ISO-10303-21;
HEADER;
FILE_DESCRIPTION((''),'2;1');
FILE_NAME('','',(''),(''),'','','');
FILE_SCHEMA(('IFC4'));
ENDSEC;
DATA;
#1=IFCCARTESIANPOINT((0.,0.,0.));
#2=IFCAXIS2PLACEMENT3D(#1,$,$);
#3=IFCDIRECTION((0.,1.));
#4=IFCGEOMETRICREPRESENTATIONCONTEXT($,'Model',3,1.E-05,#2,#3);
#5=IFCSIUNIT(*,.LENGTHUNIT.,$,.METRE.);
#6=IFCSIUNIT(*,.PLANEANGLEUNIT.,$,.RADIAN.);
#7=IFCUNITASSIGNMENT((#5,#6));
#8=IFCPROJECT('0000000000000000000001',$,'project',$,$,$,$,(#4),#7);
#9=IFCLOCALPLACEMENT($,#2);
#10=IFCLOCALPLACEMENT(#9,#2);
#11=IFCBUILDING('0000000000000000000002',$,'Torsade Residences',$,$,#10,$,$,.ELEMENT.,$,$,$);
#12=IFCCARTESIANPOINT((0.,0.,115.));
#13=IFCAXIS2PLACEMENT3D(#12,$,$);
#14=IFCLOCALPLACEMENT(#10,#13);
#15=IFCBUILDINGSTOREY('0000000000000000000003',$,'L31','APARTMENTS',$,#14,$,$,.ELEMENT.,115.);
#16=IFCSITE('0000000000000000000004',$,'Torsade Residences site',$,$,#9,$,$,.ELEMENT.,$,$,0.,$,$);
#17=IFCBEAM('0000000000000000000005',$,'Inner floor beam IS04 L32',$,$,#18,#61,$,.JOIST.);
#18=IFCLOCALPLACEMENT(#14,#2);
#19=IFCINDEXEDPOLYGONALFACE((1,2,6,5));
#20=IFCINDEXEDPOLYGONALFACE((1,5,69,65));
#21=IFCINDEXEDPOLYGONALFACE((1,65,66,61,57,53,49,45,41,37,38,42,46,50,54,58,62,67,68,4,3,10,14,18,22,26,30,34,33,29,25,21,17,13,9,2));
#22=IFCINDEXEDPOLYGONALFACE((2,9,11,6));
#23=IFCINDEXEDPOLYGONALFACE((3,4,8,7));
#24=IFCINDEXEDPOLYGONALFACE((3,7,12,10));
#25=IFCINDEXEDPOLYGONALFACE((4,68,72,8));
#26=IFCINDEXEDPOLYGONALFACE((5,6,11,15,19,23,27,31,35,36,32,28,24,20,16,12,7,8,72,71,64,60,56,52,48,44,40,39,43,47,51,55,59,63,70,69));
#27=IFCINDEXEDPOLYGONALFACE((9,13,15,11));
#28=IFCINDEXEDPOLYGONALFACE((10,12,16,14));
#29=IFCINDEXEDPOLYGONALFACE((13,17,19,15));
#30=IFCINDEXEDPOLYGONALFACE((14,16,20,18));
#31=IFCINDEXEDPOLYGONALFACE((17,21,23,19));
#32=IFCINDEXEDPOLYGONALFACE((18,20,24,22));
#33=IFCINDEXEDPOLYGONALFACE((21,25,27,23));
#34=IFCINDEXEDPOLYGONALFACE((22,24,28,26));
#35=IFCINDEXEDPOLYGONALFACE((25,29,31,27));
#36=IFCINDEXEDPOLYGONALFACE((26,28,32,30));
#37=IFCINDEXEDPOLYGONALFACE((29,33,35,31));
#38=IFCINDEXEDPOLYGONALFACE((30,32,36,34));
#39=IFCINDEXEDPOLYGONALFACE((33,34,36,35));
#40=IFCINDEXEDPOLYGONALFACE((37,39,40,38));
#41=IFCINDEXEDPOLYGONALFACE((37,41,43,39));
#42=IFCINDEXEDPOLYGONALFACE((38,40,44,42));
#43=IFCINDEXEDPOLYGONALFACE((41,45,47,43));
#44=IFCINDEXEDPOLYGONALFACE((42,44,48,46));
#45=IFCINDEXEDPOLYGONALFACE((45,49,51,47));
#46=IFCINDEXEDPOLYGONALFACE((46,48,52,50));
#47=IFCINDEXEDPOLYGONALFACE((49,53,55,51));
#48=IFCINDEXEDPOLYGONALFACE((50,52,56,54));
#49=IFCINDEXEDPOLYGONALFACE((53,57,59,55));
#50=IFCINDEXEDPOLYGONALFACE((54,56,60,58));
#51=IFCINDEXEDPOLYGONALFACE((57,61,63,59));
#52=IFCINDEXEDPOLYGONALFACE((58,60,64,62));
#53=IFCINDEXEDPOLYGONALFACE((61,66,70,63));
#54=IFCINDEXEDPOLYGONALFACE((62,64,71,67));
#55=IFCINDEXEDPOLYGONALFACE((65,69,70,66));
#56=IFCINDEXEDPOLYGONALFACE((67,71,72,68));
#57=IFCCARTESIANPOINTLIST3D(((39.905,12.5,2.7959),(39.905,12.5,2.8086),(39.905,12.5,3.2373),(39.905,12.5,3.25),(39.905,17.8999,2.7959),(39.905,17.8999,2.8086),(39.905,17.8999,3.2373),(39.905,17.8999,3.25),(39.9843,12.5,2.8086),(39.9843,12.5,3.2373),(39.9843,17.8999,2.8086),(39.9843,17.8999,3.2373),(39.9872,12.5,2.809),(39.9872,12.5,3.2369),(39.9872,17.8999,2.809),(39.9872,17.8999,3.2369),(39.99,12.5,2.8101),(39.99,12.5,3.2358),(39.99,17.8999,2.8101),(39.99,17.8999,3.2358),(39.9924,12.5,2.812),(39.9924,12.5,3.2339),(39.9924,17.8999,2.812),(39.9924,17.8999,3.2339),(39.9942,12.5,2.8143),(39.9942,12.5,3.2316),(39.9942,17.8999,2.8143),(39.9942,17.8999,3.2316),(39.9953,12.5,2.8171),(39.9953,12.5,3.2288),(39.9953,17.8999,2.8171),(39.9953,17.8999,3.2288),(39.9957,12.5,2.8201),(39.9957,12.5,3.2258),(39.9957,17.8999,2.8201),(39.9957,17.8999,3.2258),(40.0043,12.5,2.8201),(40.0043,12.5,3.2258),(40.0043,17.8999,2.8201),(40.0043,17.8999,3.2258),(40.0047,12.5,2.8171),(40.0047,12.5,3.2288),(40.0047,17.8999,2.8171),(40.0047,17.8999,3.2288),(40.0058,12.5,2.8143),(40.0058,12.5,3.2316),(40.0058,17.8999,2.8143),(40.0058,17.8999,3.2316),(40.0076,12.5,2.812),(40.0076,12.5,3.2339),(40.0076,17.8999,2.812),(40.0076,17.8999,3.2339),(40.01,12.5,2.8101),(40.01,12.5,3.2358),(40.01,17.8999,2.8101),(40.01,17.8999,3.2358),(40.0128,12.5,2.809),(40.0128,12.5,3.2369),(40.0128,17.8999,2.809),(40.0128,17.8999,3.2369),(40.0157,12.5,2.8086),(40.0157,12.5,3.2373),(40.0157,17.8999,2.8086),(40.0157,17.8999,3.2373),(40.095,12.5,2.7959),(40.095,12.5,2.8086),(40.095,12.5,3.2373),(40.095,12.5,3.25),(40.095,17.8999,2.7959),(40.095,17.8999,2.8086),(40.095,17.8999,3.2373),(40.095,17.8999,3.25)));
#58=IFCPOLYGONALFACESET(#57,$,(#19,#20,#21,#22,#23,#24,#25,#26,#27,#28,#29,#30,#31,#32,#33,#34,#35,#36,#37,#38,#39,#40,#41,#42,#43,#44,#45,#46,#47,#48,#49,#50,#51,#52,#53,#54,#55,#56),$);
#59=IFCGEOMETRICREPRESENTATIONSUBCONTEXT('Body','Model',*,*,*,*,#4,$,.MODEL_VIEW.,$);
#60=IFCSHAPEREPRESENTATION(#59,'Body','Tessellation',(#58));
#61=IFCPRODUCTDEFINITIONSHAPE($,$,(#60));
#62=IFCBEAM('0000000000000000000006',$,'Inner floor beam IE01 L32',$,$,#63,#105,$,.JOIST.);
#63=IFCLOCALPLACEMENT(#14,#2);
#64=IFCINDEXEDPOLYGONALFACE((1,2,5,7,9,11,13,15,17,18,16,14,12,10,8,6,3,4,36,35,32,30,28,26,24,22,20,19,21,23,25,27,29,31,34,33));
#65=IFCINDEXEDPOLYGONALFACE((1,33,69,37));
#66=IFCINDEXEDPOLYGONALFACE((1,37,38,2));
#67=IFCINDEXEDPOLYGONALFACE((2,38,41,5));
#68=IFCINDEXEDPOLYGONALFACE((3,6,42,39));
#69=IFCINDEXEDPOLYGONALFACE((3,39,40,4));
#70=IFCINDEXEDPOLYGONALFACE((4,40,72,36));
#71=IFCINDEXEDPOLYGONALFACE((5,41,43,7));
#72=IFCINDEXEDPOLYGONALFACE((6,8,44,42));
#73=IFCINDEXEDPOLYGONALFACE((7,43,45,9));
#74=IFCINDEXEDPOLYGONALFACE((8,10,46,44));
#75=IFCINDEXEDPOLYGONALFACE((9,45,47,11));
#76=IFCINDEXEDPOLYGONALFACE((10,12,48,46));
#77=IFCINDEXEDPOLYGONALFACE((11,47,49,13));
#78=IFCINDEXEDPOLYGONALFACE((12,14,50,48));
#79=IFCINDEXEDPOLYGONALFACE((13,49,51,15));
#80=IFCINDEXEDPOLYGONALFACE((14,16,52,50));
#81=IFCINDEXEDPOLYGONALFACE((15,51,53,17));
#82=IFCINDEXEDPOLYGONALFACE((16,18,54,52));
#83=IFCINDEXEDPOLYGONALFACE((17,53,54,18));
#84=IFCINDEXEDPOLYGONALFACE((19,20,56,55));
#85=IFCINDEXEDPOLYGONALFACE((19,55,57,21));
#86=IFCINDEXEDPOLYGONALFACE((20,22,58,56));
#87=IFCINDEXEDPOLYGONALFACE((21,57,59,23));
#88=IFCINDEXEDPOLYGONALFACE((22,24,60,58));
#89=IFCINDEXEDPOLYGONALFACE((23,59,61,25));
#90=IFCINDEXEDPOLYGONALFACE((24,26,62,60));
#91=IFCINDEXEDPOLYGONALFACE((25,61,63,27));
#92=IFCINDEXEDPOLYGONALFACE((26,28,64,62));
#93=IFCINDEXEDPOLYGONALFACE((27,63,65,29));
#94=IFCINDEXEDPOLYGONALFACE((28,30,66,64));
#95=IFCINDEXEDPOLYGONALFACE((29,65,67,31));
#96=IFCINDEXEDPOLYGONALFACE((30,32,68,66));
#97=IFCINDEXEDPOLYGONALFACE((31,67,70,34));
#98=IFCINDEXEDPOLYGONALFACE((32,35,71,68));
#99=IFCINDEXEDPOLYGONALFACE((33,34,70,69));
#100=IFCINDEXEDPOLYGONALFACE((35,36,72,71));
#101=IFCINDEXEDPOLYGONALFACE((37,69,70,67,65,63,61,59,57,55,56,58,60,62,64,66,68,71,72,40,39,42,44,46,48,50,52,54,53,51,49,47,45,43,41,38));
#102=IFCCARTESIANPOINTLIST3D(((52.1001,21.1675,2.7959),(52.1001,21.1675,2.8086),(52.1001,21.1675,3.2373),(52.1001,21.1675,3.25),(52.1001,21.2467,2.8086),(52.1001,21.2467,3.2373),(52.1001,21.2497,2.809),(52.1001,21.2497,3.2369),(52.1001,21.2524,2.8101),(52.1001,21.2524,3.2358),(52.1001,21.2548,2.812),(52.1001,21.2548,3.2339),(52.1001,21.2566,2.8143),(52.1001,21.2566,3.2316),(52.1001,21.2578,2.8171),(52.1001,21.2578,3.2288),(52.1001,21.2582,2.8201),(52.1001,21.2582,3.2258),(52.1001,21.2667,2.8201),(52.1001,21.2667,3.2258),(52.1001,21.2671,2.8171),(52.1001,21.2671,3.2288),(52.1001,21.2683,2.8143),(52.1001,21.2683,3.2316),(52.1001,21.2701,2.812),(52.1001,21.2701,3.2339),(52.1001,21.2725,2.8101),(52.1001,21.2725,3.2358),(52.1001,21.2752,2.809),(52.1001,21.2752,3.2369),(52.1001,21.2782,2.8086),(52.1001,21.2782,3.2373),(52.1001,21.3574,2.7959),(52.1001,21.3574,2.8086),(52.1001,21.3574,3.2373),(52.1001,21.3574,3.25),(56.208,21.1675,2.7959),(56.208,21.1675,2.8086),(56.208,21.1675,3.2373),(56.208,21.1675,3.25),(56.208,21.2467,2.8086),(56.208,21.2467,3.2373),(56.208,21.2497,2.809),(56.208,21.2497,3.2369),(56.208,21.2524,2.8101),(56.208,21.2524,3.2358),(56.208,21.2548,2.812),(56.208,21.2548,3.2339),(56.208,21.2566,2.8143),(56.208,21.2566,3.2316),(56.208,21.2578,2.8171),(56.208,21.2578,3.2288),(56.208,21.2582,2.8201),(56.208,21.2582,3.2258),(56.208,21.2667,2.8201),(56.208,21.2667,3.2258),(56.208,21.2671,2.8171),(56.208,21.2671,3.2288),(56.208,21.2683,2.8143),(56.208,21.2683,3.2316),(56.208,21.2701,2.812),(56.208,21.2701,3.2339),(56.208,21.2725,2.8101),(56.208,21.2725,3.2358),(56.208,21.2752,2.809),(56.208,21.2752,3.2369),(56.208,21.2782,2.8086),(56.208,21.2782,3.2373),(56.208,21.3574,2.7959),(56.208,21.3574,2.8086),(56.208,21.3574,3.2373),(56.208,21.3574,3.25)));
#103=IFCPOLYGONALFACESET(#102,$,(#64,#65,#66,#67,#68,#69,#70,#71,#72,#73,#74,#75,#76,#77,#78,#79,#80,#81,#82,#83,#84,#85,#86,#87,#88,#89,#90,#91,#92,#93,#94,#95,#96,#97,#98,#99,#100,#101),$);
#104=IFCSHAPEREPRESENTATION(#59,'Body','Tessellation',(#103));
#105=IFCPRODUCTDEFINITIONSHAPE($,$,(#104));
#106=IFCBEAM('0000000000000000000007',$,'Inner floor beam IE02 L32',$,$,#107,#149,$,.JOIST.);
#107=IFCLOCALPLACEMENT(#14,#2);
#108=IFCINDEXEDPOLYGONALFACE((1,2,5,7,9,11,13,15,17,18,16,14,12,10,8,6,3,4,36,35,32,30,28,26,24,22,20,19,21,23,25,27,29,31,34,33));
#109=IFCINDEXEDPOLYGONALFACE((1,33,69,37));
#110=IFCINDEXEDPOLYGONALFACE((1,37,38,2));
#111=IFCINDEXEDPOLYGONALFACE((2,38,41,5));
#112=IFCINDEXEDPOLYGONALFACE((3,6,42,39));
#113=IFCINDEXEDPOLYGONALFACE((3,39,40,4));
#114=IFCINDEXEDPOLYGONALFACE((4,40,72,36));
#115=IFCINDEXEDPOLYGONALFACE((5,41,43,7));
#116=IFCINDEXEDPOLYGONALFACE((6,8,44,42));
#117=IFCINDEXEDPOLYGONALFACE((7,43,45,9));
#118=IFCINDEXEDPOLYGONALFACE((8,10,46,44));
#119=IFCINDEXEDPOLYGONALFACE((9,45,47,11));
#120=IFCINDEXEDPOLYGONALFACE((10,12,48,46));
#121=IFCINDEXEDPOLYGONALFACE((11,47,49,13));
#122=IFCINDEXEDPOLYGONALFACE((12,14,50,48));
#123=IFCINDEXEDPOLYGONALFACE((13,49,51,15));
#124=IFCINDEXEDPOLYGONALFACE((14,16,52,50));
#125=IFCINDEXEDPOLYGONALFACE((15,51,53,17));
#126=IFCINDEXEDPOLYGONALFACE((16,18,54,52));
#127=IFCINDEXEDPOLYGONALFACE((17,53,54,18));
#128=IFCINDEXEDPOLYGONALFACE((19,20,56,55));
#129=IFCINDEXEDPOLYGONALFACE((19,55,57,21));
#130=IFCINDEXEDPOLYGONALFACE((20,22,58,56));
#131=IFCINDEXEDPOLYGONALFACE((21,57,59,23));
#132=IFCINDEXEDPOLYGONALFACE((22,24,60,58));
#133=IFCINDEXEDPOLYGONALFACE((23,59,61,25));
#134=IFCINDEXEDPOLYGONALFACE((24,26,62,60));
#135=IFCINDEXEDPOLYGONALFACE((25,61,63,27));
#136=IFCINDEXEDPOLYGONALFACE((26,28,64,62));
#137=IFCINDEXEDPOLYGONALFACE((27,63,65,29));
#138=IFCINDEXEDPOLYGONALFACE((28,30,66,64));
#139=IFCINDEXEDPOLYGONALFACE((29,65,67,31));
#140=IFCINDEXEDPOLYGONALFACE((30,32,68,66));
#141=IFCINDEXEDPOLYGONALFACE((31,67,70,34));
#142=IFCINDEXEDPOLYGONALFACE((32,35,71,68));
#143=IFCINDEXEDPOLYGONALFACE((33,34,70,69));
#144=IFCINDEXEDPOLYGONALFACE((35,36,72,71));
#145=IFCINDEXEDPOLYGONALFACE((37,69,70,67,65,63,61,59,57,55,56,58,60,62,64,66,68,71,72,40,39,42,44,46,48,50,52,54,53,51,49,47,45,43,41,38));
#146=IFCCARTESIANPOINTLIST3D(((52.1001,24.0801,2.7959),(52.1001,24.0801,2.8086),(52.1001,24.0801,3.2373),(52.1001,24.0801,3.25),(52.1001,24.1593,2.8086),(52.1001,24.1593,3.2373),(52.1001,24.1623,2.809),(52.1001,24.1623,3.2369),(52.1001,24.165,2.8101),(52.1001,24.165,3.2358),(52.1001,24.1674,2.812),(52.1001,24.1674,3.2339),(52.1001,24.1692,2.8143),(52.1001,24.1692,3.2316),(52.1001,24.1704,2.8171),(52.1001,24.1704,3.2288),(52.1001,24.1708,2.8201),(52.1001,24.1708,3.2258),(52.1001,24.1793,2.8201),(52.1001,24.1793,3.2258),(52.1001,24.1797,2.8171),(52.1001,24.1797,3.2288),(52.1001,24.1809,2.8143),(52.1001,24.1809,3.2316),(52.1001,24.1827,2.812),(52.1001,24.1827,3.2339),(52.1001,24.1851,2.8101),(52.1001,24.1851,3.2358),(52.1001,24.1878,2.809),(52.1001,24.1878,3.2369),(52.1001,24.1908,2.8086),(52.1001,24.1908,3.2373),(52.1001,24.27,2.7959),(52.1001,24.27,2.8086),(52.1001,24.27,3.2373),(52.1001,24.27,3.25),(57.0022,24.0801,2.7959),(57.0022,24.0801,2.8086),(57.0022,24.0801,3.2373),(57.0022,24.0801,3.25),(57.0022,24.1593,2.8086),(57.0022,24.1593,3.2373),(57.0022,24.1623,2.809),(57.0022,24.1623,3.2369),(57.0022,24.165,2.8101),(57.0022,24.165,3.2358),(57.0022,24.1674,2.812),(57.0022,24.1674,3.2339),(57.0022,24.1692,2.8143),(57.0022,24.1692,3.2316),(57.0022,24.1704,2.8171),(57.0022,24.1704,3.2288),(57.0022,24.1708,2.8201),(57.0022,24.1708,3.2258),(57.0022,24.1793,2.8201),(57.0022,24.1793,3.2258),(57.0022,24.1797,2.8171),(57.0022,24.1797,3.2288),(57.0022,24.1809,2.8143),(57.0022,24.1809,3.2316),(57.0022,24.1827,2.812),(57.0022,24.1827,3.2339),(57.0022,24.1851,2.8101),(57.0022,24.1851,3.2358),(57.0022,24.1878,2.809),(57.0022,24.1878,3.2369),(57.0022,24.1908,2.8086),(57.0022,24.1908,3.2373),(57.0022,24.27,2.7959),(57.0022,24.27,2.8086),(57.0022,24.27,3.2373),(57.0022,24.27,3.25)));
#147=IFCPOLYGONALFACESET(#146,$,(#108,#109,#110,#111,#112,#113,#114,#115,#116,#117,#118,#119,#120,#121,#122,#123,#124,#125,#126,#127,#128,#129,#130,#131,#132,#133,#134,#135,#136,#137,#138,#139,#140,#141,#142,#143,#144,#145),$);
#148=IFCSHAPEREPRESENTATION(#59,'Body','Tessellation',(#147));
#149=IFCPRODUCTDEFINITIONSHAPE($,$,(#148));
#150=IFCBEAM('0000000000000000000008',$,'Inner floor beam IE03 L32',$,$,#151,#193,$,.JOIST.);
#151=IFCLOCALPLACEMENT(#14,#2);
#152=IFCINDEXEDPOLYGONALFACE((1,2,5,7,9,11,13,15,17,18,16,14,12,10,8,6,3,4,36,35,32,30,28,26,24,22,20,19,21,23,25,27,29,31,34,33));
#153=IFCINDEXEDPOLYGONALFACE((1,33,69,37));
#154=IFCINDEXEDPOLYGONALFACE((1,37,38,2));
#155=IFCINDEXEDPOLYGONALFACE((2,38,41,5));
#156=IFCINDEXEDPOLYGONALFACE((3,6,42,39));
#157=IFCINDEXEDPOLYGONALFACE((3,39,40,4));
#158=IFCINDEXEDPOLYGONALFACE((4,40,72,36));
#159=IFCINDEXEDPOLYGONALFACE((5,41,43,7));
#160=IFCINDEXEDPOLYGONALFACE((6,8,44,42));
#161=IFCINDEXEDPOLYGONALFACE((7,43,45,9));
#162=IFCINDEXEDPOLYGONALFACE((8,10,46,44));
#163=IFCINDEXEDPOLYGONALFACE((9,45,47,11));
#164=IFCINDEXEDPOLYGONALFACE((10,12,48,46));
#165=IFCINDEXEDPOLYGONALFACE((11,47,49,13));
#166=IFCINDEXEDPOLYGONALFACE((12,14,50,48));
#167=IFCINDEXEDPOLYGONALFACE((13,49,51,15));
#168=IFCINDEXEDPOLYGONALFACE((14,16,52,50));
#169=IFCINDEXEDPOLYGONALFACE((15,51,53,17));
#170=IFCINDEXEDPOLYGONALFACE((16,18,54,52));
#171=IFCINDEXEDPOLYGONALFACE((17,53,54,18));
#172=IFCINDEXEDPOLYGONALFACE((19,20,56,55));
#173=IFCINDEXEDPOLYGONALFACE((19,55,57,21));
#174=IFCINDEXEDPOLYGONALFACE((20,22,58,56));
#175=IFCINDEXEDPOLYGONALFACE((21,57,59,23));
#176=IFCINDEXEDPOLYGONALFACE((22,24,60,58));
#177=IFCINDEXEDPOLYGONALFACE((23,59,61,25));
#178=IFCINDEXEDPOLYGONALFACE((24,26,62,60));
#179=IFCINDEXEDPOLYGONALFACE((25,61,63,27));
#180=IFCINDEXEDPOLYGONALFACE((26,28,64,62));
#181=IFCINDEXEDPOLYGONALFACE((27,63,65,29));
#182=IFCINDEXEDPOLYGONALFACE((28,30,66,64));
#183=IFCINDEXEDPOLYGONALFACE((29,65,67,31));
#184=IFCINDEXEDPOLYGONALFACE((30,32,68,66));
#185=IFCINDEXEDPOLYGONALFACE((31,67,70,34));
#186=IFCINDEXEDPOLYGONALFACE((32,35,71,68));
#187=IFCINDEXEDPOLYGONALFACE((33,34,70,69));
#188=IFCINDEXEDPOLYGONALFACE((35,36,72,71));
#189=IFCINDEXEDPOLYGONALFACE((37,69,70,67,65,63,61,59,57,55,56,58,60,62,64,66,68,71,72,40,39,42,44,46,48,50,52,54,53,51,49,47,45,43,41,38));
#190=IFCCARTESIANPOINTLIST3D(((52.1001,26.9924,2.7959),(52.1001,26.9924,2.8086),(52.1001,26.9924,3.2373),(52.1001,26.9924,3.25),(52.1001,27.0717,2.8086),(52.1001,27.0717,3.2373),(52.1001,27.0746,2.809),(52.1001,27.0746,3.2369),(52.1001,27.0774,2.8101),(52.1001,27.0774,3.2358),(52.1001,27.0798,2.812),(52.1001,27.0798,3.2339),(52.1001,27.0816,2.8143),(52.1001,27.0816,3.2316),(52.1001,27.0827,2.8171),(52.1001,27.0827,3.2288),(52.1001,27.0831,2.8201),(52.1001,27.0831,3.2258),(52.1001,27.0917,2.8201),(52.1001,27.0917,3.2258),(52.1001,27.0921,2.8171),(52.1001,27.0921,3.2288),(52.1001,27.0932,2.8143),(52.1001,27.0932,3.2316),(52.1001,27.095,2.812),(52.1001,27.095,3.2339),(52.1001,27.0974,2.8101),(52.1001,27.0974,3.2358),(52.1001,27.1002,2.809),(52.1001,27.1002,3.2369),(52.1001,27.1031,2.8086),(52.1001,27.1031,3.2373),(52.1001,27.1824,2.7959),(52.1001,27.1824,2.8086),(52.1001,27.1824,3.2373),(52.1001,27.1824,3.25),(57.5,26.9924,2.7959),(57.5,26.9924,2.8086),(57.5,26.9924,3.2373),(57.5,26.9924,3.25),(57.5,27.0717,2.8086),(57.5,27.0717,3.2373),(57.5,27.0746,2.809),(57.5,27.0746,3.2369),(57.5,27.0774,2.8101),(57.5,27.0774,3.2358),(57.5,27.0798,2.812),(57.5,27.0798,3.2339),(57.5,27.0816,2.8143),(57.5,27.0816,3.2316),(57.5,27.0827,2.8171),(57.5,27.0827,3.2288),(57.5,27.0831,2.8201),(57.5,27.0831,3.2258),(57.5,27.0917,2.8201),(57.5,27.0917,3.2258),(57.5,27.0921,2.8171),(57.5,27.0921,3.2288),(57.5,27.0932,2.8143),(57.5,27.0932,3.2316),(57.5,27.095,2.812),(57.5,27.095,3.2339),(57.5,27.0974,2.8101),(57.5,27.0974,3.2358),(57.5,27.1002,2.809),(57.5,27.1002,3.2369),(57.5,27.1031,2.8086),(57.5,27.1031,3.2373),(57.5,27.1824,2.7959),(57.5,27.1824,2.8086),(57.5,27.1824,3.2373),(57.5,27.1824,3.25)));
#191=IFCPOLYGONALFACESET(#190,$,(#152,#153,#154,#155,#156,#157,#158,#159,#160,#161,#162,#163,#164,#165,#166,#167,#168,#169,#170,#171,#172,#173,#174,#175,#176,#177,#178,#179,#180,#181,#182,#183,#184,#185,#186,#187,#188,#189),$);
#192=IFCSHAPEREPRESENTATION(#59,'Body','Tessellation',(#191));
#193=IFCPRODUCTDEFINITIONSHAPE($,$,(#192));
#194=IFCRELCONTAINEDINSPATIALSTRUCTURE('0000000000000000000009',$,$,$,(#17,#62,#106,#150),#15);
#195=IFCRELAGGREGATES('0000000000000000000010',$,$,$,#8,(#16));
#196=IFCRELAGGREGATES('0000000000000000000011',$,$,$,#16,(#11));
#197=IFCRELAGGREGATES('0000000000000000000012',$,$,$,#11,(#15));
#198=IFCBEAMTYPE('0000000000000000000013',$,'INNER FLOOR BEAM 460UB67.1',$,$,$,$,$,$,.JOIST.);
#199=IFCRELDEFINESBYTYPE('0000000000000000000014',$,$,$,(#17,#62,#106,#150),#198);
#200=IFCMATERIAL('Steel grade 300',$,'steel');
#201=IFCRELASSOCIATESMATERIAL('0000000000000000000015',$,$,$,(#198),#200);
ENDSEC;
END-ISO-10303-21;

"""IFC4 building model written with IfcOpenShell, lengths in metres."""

from ifc_helpers import new_model, si_unit, direction, frame, origin, origin_2d, place, context, subcontext, project, spatial, i_section, extrude, material, material_profile, profile_set, type_object, element, save


model = new_model("IFC4")

# Units and contexts
model_context = context("Model", 3, precision=1e-05, world=origin(), true_north=direction((0.0, 1.0)))
body_context = subcontext(model_context, "Body", "Model", "MODEL_VIEW")
ifc_project = project(units=[si_unit("LENGTHUNIT", "METRE"), si_unit("PLANEANGLEUNIT", "RADIAN")], contexts=[model_context])

# Site, building, storey
site_placement = place(None, origin())
site = spatial("IfcSite", under=ifc_project, at=site_placement, Name="Torsade Residences site", CompositionType="ELEMENT", RefElevation=0.0)
building_placement = place(site_placement, origin())
building = spatial("IfcBuilding", under=site, at=building_placement, Name="Torsade Residences", CompositionType="ELEMENT")
storey_placement = place(building_placement, frame((0.0, 0.0, 115.0)))
storey = spatial("IfcBuildingStorey", under=building, at=storey_placement, Name="L31", Description="APARTMENTS", CompositionType="ELEMENT", Elevation=115.0)

# Beams
ifc_material_1 = material(Name="Steel grade 300", Category="steel")
ifc_material_profile_1 = material_profile(ifc_material_1, i_section(OverallWidth=0.1899, OverallDepth=0.4541, WebThickness=0.0085, FlangeThickness=0.0127, FilletRadius=0.0115, at=origin_2d()), Name="460UB67.1")
ifc_profile_set_1 = profile_set([ifc_material_profile_1], Name="Steel grade 300")
beam_type_1 = type_object("IfcBeamType", Name="INNER FLOOR BEAM 460UB67.1", PredefinedType="JOIST", material=ifc_profile_set_1)
for number, where, z_axis, x_axis, name in (
    (1, (40.0, 17.8999, 3.0229), (0.0, -1.0, 0.0), (1.0, 0.0, 0.0), "Inner floor beam IS04 L32"),
):
    element("IfcBeam", number, at=place(storey_placement, frame(where, z_axis=z_axis, x_axis=x_axis)), inside=storey, type_object=beam_type_1, Name=name, PredefinedType="JOIST", context=body_context, shape_type="SweptSolid", body=[
        extrude(i_section(OverallWidth=0.1899, OverallDepth=0.4541, WebThickness=0.0085, FlangeThickness=0.0127, FilletRadius=0.0115, at=origin_2d()), origin(), (0.0, 0.0, 1.0), 5.3999),
    ])
beam_1_placement = place(storey_placement, frame((52.1001, 21.2625, 3.0229), z_axis=(1.0, 0.0, 0.0), x_axis=(0.0, 1.0, 0.0)))
element("IfcBeam", 2, at=beam_1_placement, inside=storey, type_object=beam_type_1, Name="Inner floor beam IE01 L32", PredefinedType="JOIST", context=body_context, shape_type="SweptSolid", body=[
    extrude(i_section(OverallWidth=0.1899, OverallDepth=0.4541, WebThickness=0.0085, FlangeThickness=0.0127, FilletRadius=0.0115, at=origin_2d()), origin(), (0.0, 0.0, 1.0), 4.1079),
])
beam_2_placement = place(storey_placement, frame((52.1001, 24.175, 3.0229), z_axis=(1.0, 0.0, 0.0), x_axis=(0.0, 1.0, 0.0)))
element("IfcBeam", 3, at=beam_2_placement, inside=storey, type_object=beam_type_1, Name="Inner floor beam IE02 L32", PredefinedType="JOIST", context=body_context, shape_type="SweptSolid", body=[
    extrude(i_section(OverallWidth=0.1899, OverallDepth=0.4541, WebThickness=0.0085, FlangeThickness=0.0127, FilletRadius=0.0115, at=origin_2d()), origin(), (0.0, 0.0, 1.0), 4.9021),
])
beam_3_placement = place(storey_placement, frame((52.1001, 27.0874, 3.0229), z_axis=(1.0, 0.0, 0.0), x_axis=(0.0, 1.0, 0.0)))
element("IfcBeam", 4, at=beam_3_placement, inside=storey, type_object=beam_type_1, Name="Inner floor beam IE03 L32", PredefinedType="JOIST", context=body_context, shape_type="SweptSolid", body=[
    extrude(i_section(OverallWidth=0.1899, OverallDepth=0.4541, WebThickness=0.0085, FlangeThickness=0.0127, FilletRadius=0.0115, at=origin_2d()), origin(), (0.0, 0.0, 1.0), 5.3999),
])

save(model, "model.ifc")
